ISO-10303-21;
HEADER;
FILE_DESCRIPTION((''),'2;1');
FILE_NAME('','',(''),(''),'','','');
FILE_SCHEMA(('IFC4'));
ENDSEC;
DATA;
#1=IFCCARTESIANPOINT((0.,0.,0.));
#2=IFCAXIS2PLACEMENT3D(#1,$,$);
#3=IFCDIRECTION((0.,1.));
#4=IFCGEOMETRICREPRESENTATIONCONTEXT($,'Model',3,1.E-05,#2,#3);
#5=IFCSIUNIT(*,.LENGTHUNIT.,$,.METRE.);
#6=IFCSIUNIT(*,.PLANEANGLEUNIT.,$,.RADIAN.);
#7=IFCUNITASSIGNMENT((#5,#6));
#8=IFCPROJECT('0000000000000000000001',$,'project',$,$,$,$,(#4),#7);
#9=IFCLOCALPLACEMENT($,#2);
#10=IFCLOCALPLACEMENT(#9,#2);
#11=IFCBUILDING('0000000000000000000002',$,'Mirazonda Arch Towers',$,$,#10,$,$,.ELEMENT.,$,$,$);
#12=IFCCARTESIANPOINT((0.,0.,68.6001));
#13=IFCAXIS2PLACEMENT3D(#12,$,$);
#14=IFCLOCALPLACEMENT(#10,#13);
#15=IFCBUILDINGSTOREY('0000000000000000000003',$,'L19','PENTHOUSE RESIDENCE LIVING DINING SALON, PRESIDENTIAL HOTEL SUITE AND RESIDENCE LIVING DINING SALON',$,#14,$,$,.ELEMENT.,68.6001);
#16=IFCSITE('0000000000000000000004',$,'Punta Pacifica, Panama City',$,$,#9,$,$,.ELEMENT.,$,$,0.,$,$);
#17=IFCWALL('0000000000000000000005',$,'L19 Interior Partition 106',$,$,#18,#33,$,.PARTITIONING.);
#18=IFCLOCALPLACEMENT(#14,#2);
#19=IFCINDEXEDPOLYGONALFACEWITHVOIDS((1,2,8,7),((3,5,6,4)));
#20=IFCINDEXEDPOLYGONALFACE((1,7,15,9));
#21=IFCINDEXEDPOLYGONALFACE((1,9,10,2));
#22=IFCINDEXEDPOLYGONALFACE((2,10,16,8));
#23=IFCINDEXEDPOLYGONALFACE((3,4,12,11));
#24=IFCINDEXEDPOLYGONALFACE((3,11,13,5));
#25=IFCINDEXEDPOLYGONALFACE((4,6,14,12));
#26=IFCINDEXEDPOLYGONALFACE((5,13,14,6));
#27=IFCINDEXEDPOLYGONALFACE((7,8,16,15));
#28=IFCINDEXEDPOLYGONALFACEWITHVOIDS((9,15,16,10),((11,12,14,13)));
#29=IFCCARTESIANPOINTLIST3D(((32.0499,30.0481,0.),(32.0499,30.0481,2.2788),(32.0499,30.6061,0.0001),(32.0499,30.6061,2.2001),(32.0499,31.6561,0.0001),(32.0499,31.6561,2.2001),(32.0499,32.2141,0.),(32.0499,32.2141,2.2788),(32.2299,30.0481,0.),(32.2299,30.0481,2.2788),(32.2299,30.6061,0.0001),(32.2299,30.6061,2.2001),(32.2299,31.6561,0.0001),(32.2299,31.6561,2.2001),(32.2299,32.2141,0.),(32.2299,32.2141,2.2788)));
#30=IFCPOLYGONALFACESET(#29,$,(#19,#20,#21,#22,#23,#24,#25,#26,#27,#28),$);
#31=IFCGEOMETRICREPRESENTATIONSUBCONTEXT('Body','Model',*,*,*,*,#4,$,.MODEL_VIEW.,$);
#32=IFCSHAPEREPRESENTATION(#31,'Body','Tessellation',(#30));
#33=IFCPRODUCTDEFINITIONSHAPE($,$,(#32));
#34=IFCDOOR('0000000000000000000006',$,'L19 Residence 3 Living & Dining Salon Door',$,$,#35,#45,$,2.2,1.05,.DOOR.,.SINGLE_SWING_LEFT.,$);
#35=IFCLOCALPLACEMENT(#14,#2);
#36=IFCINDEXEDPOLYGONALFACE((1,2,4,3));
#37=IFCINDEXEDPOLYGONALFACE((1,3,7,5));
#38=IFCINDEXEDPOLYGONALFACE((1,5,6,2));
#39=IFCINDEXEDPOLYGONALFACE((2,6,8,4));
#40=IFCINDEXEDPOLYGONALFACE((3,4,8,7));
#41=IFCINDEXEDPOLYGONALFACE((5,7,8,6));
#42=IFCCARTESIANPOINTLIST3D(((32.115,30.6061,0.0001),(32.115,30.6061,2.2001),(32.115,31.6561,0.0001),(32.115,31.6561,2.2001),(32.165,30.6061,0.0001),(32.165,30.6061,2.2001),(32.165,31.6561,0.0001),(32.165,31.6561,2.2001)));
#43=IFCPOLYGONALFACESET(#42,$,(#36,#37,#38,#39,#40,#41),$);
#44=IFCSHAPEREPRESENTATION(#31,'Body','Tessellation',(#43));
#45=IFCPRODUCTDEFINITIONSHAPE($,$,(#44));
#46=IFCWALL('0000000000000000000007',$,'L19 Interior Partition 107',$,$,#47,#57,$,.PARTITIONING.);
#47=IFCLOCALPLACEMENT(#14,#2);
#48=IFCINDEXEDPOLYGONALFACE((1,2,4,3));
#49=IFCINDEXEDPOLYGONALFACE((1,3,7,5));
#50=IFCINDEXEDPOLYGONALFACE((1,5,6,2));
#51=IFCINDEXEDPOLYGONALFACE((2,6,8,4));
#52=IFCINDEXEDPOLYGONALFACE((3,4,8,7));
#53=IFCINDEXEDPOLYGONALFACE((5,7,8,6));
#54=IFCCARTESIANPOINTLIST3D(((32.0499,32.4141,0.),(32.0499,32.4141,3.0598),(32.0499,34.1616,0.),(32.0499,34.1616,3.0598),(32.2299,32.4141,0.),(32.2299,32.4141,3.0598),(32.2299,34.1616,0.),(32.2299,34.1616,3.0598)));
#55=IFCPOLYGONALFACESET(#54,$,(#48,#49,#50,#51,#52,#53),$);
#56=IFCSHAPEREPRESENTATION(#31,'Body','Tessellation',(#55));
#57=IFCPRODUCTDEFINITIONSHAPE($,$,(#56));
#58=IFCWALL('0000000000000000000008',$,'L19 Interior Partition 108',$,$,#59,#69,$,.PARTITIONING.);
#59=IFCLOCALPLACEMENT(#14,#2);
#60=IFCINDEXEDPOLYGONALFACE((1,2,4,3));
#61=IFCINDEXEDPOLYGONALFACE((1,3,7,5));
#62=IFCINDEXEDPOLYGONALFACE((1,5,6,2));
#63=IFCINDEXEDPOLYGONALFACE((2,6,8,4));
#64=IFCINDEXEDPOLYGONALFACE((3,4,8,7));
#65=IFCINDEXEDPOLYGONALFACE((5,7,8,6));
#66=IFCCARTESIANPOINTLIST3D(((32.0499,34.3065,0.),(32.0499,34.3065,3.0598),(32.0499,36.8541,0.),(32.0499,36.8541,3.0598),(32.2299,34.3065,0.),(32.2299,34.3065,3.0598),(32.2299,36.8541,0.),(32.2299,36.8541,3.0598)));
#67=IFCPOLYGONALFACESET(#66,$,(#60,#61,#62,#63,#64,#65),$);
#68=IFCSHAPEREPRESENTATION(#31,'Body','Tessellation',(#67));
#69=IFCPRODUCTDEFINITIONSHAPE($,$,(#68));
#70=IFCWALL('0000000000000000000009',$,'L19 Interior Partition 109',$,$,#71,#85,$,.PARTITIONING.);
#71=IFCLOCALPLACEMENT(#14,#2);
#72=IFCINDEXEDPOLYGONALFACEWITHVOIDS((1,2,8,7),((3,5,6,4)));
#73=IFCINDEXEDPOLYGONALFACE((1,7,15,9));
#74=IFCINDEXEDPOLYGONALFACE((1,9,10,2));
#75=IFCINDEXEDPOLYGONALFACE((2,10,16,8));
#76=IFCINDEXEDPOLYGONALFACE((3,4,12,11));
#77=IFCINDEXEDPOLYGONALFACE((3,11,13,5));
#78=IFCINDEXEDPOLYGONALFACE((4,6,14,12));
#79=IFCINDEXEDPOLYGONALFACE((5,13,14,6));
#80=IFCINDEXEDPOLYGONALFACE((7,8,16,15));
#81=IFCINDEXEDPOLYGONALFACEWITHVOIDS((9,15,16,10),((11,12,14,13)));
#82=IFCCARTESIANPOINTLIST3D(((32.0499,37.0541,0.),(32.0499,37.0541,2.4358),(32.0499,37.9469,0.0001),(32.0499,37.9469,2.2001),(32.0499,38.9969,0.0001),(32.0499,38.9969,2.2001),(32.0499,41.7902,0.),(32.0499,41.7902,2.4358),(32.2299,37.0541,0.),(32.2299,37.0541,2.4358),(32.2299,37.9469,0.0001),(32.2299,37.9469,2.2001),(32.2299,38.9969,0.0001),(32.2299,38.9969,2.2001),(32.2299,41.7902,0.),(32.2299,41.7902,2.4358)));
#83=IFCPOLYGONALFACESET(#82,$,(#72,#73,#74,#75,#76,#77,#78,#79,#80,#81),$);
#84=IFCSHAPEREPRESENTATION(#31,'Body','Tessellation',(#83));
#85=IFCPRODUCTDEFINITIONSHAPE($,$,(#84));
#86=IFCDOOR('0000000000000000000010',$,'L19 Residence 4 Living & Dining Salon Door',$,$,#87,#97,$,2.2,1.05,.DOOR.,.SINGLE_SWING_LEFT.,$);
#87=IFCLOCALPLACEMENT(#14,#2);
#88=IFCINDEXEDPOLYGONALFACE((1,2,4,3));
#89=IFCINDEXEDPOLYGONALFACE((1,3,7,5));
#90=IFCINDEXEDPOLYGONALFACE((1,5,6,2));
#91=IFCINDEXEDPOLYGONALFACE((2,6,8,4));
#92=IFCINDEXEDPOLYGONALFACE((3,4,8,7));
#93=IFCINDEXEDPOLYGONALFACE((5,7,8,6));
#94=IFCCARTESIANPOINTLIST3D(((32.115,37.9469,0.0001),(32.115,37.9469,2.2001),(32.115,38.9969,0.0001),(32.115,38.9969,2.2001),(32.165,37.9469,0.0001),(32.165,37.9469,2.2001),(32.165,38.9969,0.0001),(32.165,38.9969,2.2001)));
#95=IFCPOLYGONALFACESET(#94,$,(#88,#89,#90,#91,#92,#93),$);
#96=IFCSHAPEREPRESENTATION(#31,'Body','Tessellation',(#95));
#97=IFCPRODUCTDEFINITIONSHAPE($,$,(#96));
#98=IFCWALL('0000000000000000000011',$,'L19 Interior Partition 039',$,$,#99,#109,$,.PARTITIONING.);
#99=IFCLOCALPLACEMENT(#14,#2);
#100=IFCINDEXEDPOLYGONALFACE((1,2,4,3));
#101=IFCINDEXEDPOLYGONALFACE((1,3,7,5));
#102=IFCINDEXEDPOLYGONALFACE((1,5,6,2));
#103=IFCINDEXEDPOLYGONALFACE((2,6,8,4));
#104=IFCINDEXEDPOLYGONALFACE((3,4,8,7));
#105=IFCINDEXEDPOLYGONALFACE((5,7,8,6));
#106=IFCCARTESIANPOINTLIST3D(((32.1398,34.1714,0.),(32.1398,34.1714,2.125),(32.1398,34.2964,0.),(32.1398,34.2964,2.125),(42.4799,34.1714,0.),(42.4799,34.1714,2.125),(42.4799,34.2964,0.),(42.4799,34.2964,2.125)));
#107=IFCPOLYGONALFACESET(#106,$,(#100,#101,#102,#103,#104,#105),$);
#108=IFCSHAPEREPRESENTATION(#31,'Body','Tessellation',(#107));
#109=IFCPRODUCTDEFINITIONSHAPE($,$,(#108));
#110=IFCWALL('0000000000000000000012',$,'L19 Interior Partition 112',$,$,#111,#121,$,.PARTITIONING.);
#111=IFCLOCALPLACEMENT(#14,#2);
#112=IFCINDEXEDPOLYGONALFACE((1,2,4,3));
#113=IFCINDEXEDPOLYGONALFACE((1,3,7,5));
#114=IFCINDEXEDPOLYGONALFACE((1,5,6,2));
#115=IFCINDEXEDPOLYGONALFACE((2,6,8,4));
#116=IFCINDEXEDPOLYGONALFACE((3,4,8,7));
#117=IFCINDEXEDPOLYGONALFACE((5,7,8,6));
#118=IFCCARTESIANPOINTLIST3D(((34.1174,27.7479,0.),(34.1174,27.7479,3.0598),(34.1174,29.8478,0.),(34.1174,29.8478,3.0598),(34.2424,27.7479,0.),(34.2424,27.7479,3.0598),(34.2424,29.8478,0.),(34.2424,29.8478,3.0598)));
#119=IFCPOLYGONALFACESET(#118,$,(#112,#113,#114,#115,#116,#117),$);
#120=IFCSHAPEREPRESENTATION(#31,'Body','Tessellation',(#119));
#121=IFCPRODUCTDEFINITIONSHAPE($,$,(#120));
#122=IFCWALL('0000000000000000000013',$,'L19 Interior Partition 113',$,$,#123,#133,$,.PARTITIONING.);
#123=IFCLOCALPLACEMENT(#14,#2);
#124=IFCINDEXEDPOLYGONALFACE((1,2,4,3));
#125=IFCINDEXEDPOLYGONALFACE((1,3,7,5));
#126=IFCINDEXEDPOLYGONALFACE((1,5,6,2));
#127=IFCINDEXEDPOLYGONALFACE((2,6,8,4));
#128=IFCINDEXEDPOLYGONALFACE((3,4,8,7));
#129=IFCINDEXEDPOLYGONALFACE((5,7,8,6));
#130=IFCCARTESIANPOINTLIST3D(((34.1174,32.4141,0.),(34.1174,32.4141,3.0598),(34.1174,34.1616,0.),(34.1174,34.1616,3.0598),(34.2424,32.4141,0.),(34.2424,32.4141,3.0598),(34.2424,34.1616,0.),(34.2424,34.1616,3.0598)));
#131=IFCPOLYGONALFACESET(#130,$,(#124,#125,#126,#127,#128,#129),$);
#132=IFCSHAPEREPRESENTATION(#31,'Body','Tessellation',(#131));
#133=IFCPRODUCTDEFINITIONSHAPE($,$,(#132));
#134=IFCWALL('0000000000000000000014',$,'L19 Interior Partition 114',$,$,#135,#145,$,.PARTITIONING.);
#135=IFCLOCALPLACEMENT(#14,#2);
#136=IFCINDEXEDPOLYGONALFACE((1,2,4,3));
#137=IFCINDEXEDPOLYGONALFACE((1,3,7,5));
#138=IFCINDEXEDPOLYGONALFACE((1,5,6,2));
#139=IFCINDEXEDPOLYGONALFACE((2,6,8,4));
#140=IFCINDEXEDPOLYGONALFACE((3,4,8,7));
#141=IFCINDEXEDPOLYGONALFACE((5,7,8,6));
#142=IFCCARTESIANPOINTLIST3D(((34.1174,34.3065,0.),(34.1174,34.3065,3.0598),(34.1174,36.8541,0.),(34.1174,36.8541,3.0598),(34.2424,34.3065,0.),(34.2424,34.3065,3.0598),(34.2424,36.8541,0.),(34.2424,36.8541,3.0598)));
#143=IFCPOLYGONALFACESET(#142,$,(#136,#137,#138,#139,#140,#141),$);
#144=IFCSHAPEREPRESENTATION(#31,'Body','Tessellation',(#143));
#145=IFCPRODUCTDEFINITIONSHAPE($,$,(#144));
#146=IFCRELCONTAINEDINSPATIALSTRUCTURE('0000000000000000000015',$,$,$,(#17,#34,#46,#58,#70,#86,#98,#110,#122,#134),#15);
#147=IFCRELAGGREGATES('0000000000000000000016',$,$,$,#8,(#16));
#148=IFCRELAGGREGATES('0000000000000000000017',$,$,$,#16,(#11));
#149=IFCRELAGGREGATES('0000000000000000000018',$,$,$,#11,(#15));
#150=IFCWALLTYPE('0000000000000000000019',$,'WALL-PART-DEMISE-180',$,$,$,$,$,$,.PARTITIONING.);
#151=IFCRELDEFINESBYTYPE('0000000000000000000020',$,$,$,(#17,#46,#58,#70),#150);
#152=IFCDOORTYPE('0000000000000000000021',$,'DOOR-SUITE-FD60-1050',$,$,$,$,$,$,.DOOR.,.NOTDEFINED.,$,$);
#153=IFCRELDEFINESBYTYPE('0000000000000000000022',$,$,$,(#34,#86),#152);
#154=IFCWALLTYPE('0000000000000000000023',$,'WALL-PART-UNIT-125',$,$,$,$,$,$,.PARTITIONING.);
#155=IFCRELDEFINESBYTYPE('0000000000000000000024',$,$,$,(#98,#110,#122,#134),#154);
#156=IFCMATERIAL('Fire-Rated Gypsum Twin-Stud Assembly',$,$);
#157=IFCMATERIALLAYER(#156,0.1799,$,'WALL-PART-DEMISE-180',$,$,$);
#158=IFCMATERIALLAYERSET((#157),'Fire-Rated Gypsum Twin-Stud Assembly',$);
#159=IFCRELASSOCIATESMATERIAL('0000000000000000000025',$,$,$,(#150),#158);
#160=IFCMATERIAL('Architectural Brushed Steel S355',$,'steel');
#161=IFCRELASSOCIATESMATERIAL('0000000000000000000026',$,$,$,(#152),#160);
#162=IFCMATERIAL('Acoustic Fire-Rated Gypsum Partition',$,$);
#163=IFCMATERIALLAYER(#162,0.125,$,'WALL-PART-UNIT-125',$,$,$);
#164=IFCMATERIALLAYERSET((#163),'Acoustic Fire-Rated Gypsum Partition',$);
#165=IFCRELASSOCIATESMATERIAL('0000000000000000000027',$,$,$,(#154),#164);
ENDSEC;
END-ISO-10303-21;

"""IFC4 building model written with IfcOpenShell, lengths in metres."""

from ifc_helpers import new_model, si_unit, direction, frame, frame_2d, origin, place, context, subcontext, project, spatial, rectangle, extrude, material, layer, layer_set, type_object, element, fill, save


model = new_model("IFC4")

# Units and contexts
model_context = context("Model", 3, precision=1e-05, world=origin(), true_north=direction((0.0, 1.0)))
body_context = subcontext(model_context, "Body", "Model", "MODEL_VIEW")
ifc_project = project(units=[si_unit("LENGTHUNIT", "METRE"), si_unit("PLANEANGLEUNIT", "RADIAN")], contexts=[model_context])

# Site, building, storey
site_placement = place(None, origin())
site = spatial("IfcSite", under=ifc_project, at=site_placement, Name="Punta Pacifica, Panama City", CompositionType="ELEMENT", RefElevation=0.0)
building_placement = place(site_placement, origin())
building = spatial("IfcBuilding", under=site, at=building_placement, Name="Mirazonda Arch Towers", CompositionType="ELEMENT")
storey_placement = place(building_placement, frame((0.0, 0.0, 68.6001)))
storey = spatial("IfcBuildingStorey", under=building, at=storey_placement, Name="L19", Description="PENTHOUSE RESIDENCE LIVING DINING SALON, PRESIDENTIAL HOTEL SUITE AND RESIDENCE LIVING DINING SALON", CompositionType="ELEMENT", Elevation=68.6001)

# Shared definitions
ifc_material_1 = material(Name="Fire-Rated Gypsum Twin-Stud Assembly")
ifc_layer_1 = layer(ifc_material_1, 0.1799, Name="WALL-PART-DEMISE-180")
ifc_layer_set_1 = layer_set([ifc_layer_1], Name="Fire-Rated Gypsum Twin-Stud Assembly")
wall_type_1 = type_object("IfcWallType", Name="WALL-PART-DEMISE-180", PredefinedType="PARTITIONING", material=ifc_layer_set_1)
ifc_material_2 = material(Name="Architectural Brushed Steel S355", Category="steel")

# Wall, opening, door
wall_1_placement = place(storey_placement, frame((32.1399, 30.0481, 0.0), z_axis=(0.0, 0.0, 1.0), x_axis=(0.0, 1.0, 0.0)))
wall_1 = element("IfcWall", 1, at=wall_1_placement, inside=storey, type_object=wall_type_1, Name="L19 Interior Partition 106", PredefinedType="PARTITIONING", context=body_context, shape_type="SweptSolid", body=[
    extrude(rectangle(XDim=2.166, YDim=0.1799, at=frame_2d((1.083, 0.0))), origin(), (0.0, 0.0, 1.0), 2.2788),
])
opening_1_placement = place(wall_1_placement, frame((0.5581, 0.0, 0.0)))
opening_1 = element("IfcOpeningElement", 2, at=opening_1_placement, cuts=wall_1, PredefinedType="OPENING", context=body_context, shape_type="SweptSolid", body=[
    extrude(rectangle(XDim=1.05, YDim=2.2, at=frame_2d((0.5249, 1.1001))), frame((0.0, 0.0999, 0.0), z_axis=(0.0, -1.0, 0.0), x_axis=(1.0, 0.0, 0.0)), (0.0, 0.0, 1.0), 0.2),
])
door_type_1 = type_object("IfcDoorType", Name="DOOR-SUITE-FD60-1050", OperationType="NOTDEFINED", PredefinedType="DOOR", material=ifc_material_2)
door_1_placement = place(opening_1_placement, origin())
door_1 = element("IfcDoor", 3, at=door_1_placement, inside=storey, type_object=door_type_1, Name="L19 Residence 3 Living & Dining Salon Door", OperationType="SINGLE_SWING_LEFT", OverallHeight=2.2, OverallWidth=1.05, PredefinedType="DOOR", context=body_context, shape_type="SweptSolid", body=[
    extrude(rectangle(XDim=1.05, YDim=2.2, at=frame_2d((0.5249, 1.1001))), frame((0.0, 0.0249, 0.0), z_axis=(0.0, -1.0, 0.0), x_axis=(1.0, 0.0, 0.0)), (0.0, 0.0, 1.0), 0.05),
])
fill(opening_1, door_1)

# Walls
wall_2_placement = place(storey_placement, frame((32.1399, 32.4141, 0.0), z_axis=(0.0, 0.0, 1.0), x_axis=(0.0, 1.0, 0.0)))
element("IfcWall", 4, at=wall_2_placement, inside=storey, type_object=wall_type_1, Name="L19 Interior Partition 107", PredefinedType="PARTITIONING", context=body_context, shape_type="SweptSolid", body=[
    extrude(rectangle(XDim=1.7476, YDim=0.1799, at=frame_2d((0.8738, 0.0))), origin(), (0.0, 0.0, 1.0), 3.0598),
])
wall_3_placement = place(storey_placement, frame((32.1399, 34.3064, 0.0), z_axis=(0.0, 0.0, 1.0), x_axis=(0.0, 1.0, 0.0)))
element("IfcWall", 5, at=wall_3_placement, inside=storey, type_object=wall_type_1, Name="L19 Interior Partition 108", PredefinedType="PARTITIONING", context=body_context, shape_type="SweptSolid", body=[
    extrude(rectangle(XDim=2.5476, YDim=0.1799, at=frame_2d((1.2739, 0.0))), origin(), (0.0, 0.0, 1.0), 3.0598),
])

# Wall, opening, door
wall_4_placement = place(storey_placement, frame((32.1399, 37.054, 0.0), z_axis=(0.0, 0.0, 1.0), x_axis=(0.0, 1.0, 0.0)))
wall_4 = element("IfcWall", 6, at=wall_4_placement, inside=storey, type_object=wall_type_1, Name="L19 Interior Partition 109", PredefinedType="PARTITIONING", context=body_context, shape_type="SweptSolid", body=[
    extrude(rectangle(XDim=4.7361, YDim=0.1799, at=frame_2d((2.3682, 0.0))), origin(), (0.0, 0.0, 1.0), 2.4358),
])
opening_2_placement = place(wall_4_placement, frame((0.8931, 0.0, 0.0)))
opening_2 = element("IfcOpeningElement", 7, at=opening_2_placement, cuts=wall_4, PredefinedType="OPENING", context=body_context, shape_type="SweptSolid", body=[
    extrude(rectangle(XDim=1.05, YDim=2.2, at=frame_2d((0.5249, 1.1001))), frame((0.0, 0.0999, 0.0), z_axis=(0.0, -1.0, 0.0), x_axis=(1.0, 0.0, 0.0)), (0.0, 0.0, 1.0), 0.2),
])
door_2_placement = place(opening_2_placement, origin())
door_2 = element("IfcDoor", 8, at=door_2_placement, inside=storey, type_object=door_type_1, Name="L19 Residence 4 Living & Dining Salon Door", OperationType="SINGLE_SWING_LEFT", OverallHeight=2.2, OverallWidth=1.05, PredefinedType="DOOR", context=body_context, shape_type="SweptSolid", body=[
    extrude(rectangle(XDim=1.05, YDim=2.2, at=frame_2d((0.5249, 1.1001))), frame((0.0, 0.0249, 0.0), z_axis=(0.0, -1.0, 0.0), x_axis=(1.0, 0.0, 0.0)), (0.0, 0.0, 1.0), 0.05),
])
fill(opening_2, door_2)

# Walls
ifc_material_3 = material(Name="Acoustic Fire-Rated Gypsum Partition")
ifc_layer_2 = layer(ifc_material_3, 0.125, Name="WALL-PART-UNIT-125")
ifc_layer_set_2 = layer_set([ifc_layer_2], Name="Acoustic Fire-Rated Gypsum Partition")
wall_type_2 = type_object("IfcWallType", Name="WALL-PART-UNIT-125", PredefinedType="PARTITIONING", material=ifc_layer_set_2)
wall_5_placement = place(storey_placement, frame((32.1399, 34.2339, 0.0), z_axis=(0.0, 0.0, 1.0), x_axis=(1.0, 0.0, 0.0)))
element("IfcWall", 9, at=wall_5_placement, inside=storey, type_object=wall_type_2, Name="L19 Interior Partition 039", PredefinedType="PARTITIONING", context=body_context, shape_type="SweptSolid", body=[
    extrude(rectangle(XDim=10.3401, YDim=0.125, at=frame_2d((5.1699, 0.0))), origin(), (0.0, 0.0, 1.0), 2.125),
])
wall_6_placement = place(storey_placement, frame((34.1799, 27.748, 0.0), z_axis=(0.0, 0.0, 1.0), x_axis=(0.0, 1.0, 0.0)))
element("IfcWall", 10, at=wall_6_placement, inside=storey, type_object=wall_type_2, Name="L19 Interior Partition 112", PredefinedType="PARTITIONING", context=body_context, shape_type="SweptSolid", body=[
    extrude(rectangle(XDim=2.0999, YDim=0.125, at=frame_2d((1.0498, 0.0))), origin(), (0.0, 0.0, 1.0), 3.0598),
])
wall_7_placement = place(storey_placement, frame((34.1799, 32.4141, 0.0), z_axis=(0.0, 0.0, 1.0), x_axis=(0.0, 1.0, 0.0)))
element("IfcWall", 11, at=wall_7_placement, inside=storey, type_object=wall_type_2, Name="L19 Interior Partition 113", PredefinedType="PARTITIONING", context=body_context, shape_type="SweptSolid", body=[
    extrude(rectangle(XDim=1.7476, YDim=0.125, at=frame_2d((0.8738, 0.0))), origin(), (0.0, 0.0, 1.0), 3.0598),
])
wall_8_placement = place(storey_placement, frame((34.1799, 34.3064, 0.0), z_axis=(0.0, 0.0, 1.0), x_axis=(0.0, 1.0, 0.0)))
element("IfcWall", 12, at=wall_8_placement, inside=storey, type_object=wall_type_2, Name="L19 Interior Partition 114", PredefinedType="PARTITIONING", context=body_context, shape_type="SweptSolid", body=[
    extrude(rectangle(XDim=2.5476, YDim=0.125, at=frame_2d((1.2739, 0.0))), origin(), (0.0, 0.0, 1.0), 3.0598),
])

save(model, "model.ifc")
